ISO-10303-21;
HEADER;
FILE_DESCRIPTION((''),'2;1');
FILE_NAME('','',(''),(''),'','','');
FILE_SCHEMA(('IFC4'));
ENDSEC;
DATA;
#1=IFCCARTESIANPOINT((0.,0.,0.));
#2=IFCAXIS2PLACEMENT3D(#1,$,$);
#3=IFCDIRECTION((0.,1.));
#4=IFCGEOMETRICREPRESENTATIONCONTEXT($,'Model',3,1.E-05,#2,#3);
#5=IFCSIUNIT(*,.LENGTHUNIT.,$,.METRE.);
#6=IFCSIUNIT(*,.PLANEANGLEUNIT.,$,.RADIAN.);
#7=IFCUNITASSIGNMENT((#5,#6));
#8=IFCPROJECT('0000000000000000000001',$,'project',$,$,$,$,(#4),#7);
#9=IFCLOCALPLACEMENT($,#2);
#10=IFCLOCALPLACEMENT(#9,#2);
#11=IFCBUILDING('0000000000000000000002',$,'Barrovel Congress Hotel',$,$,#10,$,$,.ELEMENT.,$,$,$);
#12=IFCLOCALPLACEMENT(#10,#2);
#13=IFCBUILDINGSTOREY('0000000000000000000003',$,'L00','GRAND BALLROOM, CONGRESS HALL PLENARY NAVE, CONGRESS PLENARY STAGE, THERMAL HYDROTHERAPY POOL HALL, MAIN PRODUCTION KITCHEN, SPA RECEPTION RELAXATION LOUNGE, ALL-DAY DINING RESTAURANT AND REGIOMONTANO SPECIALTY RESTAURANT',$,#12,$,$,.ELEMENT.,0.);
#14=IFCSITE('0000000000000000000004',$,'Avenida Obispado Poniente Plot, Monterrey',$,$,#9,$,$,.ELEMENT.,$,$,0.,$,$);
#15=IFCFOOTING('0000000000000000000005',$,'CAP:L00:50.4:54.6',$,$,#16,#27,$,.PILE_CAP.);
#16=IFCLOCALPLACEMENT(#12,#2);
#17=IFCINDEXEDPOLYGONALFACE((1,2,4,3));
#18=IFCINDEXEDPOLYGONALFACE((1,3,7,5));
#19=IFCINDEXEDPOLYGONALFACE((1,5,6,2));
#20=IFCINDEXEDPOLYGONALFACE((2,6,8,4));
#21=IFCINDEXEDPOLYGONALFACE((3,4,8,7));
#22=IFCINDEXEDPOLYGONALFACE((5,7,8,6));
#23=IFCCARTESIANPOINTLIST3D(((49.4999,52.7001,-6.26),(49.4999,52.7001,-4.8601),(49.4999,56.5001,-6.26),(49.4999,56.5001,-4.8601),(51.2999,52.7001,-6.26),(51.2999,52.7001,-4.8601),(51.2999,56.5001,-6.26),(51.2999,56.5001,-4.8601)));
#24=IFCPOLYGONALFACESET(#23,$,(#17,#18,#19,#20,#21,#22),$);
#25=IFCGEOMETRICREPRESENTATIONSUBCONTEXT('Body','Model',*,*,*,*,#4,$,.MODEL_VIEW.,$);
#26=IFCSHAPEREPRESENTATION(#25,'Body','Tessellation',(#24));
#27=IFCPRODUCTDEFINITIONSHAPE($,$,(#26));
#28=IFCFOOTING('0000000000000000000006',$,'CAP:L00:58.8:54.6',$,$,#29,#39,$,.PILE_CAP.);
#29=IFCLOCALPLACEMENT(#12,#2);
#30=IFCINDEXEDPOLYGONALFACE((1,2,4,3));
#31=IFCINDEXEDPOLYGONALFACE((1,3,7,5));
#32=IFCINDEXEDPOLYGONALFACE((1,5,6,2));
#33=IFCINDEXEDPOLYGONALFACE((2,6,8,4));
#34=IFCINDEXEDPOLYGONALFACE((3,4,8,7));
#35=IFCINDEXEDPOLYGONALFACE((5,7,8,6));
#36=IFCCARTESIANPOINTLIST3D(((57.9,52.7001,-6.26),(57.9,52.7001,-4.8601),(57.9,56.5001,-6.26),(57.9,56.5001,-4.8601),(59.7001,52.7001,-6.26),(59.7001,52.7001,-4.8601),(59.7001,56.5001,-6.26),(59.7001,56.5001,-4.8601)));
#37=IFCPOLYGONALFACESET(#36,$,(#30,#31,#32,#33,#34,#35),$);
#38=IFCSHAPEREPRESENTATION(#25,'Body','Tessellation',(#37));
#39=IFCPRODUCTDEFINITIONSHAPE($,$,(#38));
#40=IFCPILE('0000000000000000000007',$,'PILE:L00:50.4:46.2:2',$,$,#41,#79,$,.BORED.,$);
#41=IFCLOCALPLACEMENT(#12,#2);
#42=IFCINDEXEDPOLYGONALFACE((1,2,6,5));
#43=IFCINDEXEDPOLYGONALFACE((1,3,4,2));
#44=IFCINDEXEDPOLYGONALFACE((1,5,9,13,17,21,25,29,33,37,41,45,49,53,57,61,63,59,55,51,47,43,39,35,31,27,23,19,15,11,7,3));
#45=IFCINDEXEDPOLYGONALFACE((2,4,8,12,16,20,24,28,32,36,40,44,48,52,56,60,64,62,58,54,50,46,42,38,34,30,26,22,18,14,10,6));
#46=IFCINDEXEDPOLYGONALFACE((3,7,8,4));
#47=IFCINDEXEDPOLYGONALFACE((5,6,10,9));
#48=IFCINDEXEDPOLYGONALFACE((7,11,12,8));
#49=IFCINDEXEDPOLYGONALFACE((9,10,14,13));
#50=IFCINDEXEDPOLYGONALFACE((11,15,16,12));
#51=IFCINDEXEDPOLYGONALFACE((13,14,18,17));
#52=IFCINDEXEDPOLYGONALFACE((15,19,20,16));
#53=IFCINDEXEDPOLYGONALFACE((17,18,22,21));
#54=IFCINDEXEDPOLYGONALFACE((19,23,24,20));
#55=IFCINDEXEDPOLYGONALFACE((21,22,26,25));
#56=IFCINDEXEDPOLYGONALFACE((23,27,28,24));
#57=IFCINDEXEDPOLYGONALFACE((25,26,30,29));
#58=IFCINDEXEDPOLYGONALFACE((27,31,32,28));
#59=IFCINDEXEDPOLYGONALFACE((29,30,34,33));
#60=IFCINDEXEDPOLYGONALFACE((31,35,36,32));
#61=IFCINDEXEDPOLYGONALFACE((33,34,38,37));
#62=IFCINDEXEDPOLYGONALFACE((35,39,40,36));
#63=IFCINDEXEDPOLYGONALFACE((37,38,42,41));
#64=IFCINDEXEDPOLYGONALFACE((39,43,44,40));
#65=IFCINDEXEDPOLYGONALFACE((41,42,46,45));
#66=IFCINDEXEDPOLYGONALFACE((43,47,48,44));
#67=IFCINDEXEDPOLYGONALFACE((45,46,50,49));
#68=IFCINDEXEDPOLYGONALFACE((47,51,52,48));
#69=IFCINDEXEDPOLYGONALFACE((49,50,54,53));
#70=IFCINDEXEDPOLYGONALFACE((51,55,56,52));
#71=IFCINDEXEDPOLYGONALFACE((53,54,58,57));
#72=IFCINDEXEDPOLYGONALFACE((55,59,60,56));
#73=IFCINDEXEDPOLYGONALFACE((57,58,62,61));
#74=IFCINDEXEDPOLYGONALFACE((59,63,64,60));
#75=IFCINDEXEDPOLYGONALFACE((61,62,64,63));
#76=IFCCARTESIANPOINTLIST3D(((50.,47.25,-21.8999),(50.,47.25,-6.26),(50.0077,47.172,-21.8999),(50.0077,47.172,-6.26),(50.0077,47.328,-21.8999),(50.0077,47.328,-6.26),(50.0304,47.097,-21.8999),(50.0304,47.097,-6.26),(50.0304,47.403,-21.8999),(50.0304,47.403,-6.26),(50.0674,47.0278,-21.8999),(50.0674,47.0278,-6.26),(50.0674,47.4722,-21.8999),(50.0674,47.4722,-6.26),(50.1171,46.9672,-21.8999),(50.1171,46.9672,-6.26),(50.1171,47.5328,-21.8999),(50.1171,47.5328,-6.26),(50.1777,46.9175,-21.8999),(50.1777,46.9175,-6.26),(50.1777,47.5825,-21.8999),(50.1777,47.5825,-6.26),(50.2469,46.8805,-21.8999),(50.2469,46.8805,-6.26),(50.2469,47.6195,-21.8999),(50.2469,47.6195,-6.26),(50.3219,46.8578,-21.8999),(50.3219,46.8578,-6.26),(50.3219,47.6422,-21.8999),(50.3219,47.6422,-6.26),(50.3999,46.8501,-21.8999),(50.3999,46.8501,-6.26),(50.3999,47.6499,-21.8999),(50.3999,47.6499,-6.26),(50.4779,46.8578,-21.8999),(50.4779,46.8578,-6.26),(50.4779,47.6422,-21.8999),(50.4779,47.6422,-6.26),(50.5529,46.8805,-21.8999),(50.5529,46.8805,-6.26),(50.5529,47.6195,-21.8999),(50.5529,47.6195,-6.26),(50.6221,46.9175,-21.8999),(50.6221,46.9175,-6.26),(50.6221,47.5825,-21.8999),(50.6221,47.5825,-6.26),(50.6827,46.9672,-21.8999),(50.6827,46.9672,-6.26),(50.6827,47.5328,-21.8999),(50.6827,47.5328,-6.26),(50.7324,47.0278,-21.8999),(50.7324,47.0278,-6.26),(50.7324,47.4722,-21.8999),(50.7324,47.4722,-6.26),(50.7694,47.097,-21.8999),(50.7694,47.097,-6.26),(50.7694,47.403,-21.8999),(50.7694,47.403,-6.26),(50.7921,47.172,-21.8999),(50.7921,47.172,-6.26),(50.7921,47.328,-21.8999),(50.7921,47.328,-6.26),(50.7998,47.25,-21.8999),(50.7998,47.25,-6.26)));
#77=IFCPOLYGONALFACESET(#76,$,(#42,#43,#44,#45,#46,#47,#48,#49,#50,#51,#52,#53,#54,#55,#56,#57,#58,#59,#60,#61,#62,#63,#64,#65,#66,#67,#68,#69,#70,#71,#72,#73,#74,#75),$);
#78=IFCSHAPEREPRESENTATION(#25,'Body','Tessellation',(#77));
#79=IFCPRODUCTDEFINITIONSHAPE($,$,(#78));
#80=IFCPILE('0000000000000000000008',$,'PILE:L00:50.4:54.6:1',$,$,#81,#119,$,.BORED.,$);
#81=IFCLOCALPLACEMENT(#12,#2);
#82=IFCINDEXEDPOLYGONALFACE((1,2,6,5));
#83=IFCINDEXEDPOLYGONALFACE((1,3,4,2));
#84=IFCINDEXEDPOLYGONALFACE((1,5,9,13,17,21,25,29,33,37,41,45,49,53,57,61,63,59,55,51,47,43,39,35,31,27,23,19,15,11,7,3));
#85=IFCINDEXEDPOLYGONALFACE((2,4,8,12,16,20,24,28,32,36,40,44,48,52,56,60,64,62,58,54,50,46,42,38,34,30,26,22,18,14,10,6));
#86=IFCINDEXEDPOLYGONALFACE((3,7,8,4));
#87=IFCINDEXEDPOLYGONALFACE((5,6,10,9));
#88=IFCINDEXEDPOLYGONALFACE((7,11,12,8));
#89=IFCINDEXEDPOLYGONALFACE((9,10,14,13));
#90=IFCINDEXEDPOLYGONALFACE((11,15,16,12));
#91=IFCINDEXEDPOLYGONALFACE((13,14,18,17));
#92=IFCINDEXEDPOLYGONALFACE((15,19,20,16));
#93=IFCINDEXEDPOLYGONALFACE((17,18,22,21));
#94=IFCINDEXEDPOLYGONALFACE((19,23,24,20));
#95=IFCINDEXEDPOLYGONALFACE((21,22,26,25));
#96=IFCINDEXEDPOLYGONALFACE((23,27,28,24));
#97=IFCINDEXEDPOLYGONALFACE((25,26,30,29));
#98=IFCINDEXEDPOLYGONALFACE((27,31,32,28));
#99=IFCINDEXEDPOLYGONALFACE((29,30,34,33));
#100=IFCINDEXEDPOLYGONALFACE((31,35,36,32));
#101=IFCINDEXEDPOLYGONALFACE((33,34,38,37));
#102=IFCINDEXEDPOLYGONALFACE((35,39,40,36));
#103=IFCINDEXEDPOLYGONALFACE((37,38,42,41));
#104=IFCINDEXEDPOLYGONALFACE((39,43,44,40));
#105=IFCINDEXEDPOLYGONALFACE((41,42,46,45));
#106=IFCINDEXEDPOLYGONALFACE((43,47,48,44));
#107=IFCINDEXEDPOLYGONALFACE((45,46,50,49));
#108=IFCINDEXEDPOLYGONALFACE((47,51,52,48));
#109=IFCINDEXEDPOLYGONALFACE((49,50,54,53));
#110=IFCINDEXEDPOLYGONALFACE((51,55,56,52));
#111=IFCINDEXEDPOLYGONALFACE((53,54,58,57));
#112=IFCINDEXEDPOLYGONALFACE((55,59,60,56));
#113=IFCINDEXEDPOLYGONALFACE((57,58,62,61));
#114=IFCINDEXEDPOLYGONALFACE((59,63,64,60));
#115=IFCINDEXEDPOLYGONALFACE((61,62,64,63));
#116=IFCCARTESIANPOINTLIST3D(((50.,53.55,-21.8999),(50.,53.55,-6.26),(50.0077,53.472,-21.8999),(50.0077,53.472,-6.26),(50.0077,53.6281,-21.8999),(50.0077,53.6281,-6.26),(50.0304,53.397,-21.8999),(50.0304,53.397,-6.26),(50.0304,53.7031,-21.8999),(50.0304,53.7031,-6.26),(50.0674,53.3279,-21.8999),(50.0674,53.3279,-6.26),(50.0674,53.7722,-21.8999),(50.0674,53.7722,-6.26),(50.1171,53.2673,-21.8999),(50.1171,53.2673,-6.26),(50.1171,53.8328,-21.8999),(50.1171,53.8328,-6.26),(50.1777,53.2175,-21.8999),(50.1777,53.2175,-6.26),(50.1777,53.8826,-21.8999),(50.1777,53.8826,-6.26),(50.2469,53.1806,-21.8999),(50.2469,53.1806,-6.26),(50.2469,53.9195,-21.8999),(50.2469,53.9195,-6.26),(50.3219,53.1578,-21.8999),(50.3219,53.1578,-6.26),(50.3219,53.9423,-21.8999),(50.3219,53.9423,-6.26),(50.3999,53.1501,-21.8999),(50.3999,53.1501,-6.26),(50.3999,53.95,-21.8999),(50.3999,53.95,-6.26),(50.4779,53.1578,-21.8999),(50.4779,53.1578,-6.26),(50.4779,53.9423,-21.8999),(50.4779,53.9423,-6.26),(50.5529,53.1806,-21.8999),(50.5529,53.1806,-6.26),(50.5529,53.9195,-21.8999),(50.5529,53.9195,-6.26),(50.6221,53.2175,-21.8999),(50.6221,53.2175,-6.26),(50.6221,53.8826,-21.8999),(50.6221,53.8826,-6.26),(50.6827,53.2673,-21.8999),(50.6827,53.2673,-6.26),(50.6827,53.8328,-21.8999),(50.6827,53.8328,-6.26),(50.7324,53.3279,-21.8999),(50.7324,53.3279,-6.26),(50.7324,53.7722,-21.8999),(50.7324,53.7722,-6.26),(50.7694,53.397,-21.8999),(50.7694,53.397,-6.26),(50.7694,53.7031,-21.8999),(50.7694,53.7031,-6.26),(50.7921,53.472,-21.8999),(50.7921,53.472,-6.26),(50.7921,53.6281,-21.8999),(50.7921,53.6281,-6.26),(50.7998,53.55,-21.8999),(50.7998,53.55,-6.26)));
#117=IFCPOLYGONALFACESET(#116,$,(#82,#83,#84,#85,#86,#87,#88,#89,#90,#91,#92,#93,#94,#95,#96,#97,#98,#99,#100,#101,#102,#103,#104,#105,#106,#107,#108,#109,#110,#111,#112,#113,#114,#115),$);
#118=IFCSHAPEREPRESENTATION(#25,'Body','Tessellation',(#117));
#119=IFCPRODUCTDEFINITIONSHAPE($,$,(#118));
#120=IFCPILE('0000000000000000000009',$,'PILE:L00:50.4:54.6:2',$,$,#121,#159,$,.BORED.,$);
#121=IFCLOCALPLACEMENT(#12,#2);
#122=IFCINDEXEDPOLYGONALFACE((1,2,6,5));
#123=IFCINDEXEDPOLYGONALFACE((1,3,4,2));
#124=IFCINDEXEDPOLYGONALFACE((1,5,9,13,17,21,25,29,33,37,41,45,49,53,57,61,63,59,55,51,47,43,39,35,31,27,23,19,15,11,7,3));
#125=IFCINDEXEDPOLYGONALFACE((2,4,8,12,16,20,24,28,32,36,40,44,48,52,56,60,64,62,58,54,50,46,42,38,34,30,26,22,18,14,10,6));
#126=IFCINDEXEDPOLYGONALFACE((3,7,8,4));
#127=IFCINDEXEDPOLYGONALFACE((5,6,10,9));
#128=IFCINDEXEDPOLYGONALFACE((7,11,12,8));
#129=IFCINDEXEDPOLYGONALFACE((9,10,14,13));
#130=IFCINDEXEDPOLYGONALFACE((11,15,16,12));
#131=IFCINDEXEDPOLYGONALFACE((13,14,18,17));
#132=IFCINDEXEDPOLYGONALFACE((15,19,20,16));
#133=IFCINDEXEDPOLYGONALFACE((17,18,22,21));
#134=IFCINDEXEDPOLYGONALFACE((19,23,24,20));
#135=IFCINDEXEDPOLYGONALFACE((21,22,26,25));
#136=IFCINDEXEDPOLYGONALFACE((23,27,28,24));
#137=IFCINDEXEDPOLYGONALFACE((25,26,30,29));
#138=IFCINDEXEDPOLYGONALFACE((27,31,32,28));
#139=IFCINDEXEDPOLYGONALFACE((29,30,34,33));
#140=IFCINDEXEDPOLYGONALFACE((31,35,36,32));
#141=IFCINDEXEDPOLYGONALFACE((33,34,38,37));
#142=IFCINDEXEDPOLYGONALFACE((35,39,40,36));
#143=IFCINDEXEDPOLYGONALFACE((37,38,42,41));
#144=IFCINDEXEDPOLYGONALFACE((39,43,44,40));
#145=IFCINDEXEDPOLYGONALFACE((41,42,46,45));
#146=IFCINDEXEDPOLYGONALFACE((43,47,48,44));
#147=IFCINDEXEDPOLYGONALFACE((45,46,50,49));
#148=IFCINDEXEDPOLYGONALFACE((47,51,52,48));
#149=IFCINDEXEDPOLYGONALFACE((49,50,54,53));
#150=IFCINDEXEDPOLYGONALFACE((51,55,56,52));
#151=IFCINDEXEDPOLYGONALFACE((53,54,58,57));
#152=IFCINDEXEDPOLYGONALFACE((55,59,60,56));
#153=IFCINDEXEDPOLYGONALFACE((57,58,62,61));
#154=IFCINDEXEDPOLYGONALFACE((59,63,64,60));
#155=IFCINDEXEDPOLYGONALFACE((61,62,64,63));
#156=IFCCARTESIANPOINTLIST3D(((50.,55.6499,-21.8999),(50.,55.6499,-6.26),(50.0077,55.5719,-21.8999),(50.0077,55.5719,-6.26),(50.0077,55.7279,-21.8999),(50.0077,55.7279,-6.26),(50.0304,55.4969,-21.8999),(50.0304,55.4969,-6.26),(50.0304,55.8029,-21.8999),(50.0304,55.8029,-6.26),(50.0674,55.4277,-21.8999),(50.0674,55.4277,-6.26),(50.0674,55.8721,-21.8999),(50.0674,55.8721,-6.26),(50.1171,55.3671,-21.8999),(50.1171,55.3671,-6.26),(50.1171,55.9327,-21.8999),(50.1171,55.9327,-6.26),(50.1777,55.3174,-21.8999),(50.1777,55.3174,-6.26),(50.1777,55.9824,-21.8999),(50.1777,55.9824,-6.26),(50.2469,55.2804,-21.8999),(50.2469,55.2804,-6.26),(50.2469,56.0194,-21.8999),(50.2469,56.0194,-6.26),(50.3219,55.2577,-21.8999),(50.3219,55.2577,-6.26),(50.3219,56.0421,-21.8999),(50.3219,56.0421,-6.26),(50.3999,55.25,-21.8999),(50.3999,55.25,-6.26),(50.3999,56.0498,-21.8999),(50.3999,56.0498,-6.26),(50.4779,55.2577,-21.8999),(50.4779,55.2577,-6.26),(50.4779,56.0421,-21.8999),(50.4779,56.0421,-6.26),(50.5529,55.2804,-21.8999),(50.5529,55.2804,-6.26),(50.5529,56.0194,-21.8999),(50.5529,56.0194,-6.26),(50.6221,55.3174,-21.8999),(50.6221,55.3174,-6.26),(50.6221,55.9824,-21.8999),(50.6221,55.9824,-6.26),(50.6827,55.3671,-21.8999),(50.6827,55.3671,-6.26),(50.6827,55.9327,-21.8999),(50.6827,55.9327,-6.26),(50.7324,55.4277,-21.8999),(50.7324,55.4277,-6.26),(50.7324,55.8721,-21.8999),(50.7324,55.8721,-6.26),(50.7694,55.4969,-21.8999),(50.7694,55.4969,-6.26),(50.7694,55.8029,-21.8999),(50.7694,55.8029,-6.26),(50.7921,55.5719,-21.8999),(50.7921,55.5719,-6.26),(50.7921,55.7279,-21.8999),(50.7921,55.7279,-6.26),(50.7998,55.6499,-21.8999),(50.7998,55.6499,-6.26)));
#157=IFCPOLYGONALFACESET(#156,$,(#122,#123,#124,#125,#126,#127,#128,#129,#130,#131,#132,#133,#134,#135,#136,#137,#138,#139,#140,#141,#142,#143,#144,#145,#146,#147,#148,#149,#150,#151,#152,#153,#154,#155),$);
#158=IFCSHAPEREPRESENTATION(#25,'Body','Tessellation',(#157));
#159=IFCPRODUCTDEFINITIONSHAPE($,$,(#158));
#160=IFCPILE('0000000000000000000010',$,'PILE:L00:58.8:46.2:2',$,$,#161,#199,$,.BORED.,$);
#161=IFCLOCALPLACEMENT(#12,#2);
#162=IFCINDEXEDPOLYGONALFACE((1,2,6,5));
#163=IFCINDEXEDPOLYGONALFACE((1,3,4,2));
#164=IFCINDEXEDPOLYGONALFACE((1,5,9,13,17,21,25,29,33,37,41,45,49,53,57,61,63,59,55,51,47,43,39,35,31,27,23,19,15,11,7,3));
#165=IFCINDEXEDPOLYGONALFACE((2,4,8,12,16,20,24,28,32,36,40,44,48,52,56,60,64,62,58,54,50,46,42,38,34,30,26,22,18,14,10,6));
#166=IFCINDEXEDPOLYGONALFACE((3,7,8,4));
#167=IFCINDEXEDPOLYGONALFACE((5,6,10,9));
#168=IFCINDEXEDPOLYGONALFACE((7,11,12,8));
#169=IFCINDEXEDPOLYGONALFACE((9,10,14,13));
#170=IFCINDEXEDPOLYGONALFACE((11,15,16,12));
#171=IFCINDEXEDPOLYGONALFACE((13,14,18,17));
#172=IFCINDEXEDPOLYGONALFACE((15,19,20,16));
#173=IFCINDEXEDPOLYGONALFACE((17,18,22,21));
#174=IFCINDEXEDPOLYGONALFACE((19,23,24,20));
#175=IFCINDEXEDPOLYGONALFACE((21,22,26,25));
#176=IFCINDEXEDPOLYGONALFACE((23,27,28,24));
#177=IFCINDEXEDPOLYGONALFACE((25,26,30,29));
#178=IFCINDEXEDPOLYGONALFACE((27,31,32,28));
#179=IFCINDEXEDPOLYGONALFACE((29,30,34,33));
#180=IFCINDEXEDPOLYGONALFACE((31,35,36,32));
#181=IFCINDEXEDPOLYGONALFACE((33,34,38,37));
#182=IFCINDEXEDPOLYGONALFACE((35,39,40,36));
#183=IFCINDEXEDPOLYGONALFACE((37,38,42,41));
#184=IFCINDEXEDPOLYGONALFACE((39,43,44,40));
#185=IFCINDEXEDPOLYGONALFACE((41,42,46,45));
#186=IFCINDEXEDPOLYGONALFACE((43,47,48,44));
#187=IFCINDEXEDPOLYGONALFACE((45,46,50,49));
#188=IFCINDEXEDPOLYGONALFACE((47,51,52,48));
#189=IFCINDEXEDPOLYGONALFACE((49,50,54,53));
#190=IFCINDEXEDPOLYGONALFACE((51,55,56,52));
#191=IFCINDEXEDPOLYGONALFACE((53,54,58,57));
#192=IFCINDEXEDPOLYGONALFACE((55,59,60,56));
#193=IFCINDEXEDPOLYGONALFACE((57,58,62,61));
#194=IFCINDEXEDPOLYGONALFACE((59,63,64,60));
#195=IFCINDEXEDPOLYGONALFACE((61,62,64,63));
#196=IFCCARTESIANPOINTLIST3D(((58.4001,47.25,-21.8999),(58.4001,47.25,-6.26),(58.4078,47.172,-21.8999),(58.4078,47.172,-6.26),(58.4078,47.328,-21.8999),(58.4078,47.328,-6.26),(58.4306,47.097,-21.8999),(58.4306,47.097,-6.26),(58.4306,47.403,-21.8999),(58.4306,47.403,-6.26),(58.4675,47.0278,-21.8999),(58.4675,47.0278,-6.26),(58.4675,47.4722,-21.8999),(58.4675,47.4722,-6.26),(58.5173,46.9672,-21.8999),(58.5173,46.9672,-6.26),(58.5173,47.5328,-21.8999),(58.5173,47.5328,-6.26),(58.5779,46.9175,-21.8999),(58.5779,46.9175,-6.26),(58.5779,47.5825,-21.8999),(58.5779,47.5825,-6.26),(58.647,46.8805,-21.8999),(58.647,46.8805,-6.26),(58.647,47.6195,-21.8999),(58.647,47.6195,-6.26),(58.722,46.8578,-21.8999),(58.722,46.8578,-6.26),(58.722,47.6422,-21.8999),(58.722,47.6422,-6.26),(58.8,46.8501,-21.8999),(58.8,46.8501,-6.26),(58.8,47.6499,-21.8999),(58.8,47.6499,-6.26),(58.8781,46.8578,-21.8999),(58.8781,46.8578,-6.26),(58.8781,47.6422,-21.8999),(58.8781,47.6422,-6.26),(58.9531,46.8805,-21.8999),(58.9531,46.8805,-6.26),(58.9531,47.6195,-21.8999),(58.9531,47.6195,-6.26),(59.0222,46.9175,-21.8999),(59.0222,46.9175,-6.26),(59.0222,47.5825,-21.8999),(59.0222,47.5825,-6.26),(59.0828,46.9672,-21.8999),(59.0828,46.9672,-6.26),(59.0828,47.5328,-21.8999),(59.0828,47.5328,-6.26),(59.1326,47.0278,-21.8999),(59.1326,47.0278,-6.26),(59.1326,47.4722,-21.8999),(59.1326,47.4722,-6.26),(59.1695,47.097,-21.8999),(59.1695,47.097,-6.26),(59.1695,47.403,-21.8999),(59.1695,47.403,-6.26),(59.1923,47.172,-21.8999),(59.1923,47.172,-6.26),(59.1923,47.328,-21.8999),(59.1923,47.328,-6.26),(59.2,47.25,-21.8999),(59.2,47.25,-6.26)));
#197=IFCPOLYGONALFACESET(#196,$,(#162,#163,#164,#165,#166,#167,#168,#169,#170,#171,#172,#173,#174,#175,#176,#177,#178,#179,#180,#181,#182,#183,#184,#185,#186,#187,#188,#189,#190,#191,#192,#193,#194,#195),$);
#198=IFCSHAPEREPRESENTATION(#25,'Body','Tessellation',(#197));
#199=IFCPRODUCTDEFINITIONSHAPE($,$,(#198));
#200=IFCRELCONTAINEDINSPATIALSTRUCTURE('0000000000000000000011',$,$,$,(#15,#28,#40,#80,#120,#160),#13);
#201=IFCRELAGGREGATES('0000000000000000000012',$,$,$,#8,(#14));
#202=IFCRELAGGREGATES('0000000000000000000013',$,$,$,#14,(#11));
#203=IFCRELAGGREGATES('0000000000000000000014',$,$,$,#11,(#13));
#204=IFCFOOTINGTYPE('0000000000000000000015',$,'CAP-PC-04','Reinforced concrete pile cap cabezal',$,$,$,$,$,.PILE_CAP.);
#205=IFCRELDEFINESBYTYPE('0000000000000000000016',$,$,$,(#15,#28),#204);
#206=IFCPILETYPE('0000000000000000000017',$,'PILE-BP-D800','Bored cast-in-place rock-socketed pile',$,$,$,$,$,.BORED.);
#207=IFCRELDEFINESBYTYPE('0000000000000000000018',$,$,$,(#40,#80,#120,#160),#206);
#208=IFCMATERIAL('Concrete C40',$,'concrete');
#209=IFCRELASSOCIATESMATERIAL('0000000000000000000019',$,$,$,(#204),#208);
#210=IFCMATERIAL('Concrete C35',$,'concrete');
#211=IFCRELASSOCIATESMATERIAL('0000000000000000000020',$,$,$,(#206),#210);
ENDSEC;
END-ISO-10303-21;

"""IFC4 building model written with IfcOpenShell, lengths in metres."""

from ifc_helpers import new_model, si_unit, direction, frame, origin, origin_2d, place, context, subcontext, project, spatial, rectangle, circle, extrude, material, material_profile, profile_set, type_object, element, save


model = new_model("IFC4")

# Units and contexts
model_context = context("Model", 3, precision=1e-05, world=origin(), true_north=direction((0.0, 1.0)))
body_context = subcontext(model_context, "Body", "Model", "MODEL_VIEW")
ifc_project = project(units=[si_unit("LENGTHUNIT", "METRE"), si_unit("PLANEANGLEUNIT", "RADIAN")], contexts=[model_context])

# Site, building, storey
site_placement = place(None, origin())
site = spatial("IfcSite", under=ifc_project, at=site_placement, Name="Avenida Obispado Poniente Plot, Monterrey", CompositionType="ELEMENT", RefElevation=0.0)
building_placement = place(site_placement, origin())
building = spatial("IfcBuilding", under=site, at=building_placement, Name="Barrovel Congress Hotel", CompositionType="ELEMENT")
storey_placement = place(building_placement, origin())
storey = spatial("IfcBuildingStorey", under=building, at=storey_placement, Name="L00", Description="GRAND BALLROOM, CONGRESS HALL PLENARY NAVE, CONGRESS PLENARY STAGE, THERMAL HYDROTHERAPY POOL HALL, MAIN PRODUCTION KITCHEN, SPA RECEPTION RELAXATION LOUNGE, ALL-DAY DINING RESTAURANT AND REGIOMONTANO SPECIALTY RESTAURANT", CompositionType="ELEMENT", Elevation=0.0)

# Footings
ifc_material_1 = material(Name="Concrete C40", Category="concrete")
footing_type = type_object("IfcFootingType", Name="CAP-PC-04", Description="Reinforced concrete pile cap cabezal", PredefinedType="PILE_CAP", material=ifc_material_1)
for number, where, z_axis, x_axis, name in (
    (1, (50.3999, 54.6001, -6.26), (0.0, 0.0, 1.0), (1.0, 0.0, 0.0), "CAP:L00:50.4:54.6"),
    (2, (58.8, 54.6001, -6.26), (0.0, 0.0, 1.0), (1.0, 0.0, 0.0), "CAP:L00:58.8:54.6"),
):
    element("IfcFooting", number, at=place(storey_placement, frame(where, z_axis=z_axis, x_axis=x_axis)), inside=storey, type_object=footing_type, Name=name, PredefinedType="PILE_CAP", context=body_context, shape_type="SweptSolid", body=[
        extrude(rectangle(XDim=1.8, YDim=3.8, at=origin_2d()), origin(), (0.0, 0.0, 1.0), 1.3999),
    ])

# Piles
ifc_material_2 = material(Name="Concrete C35", Category="concrete")
ifc_material_profile_1 = material_profile(ifc_material_2, circle(Radius=0.3999, at=origin_2d()), Name="BP-D800")
ifc_profile_set_1 = profile_set([ifc_material_profile_1], Name="Concrete C35")
pile_type = type_object("IfcPileType", Name="PILE-BP-D800", Description="Bored cast-in-place rock-socketed pile", PredefinedType="BORED", material=ifc_profile_set_1)
for number, where, z_axis, x_axis, name in (
    (3, (50.3999, 47.25, -6.26), (0.0, 0.0, -1.0), (1.0, 0.0, 0.0), "PILE:L00:50.4:46.2:2"),
    (4, (50.3999, 53.55, -6.26), (0.0, 0.0, -1.0), (1.0, 0.0, 0.0), "PILE:L00:50.4:54.6:1"),
    (5, (50.3999, 55.6499, -6.26), (0.0, 0.0, -1.0), (1.0, 0.0, 0.0), "PILE:L00:50.4:54.6:2"),
    (6, (58.8, 47.25, -6.26), (0.0, 0.0, -1.0), (1.0, 0.0, 0.0), "PILE:L00:58.8:46.2:2"),
):
    element("IfcPile", number, at=place(storey_placement, frame(where, z_axis=z_axis, x_axis=x_axis)), inside=storey, type_object=pile_type, Name=name, PredefinedType="BORED", context=body_context, shape_type="SweptSolid", body=[
        extrude(circle(Radius=0.3999, at=origin_2d()), origin(), (0.0, 0.0, 1.0), 15.6399),
    ])

save(model, "model.ifc")
